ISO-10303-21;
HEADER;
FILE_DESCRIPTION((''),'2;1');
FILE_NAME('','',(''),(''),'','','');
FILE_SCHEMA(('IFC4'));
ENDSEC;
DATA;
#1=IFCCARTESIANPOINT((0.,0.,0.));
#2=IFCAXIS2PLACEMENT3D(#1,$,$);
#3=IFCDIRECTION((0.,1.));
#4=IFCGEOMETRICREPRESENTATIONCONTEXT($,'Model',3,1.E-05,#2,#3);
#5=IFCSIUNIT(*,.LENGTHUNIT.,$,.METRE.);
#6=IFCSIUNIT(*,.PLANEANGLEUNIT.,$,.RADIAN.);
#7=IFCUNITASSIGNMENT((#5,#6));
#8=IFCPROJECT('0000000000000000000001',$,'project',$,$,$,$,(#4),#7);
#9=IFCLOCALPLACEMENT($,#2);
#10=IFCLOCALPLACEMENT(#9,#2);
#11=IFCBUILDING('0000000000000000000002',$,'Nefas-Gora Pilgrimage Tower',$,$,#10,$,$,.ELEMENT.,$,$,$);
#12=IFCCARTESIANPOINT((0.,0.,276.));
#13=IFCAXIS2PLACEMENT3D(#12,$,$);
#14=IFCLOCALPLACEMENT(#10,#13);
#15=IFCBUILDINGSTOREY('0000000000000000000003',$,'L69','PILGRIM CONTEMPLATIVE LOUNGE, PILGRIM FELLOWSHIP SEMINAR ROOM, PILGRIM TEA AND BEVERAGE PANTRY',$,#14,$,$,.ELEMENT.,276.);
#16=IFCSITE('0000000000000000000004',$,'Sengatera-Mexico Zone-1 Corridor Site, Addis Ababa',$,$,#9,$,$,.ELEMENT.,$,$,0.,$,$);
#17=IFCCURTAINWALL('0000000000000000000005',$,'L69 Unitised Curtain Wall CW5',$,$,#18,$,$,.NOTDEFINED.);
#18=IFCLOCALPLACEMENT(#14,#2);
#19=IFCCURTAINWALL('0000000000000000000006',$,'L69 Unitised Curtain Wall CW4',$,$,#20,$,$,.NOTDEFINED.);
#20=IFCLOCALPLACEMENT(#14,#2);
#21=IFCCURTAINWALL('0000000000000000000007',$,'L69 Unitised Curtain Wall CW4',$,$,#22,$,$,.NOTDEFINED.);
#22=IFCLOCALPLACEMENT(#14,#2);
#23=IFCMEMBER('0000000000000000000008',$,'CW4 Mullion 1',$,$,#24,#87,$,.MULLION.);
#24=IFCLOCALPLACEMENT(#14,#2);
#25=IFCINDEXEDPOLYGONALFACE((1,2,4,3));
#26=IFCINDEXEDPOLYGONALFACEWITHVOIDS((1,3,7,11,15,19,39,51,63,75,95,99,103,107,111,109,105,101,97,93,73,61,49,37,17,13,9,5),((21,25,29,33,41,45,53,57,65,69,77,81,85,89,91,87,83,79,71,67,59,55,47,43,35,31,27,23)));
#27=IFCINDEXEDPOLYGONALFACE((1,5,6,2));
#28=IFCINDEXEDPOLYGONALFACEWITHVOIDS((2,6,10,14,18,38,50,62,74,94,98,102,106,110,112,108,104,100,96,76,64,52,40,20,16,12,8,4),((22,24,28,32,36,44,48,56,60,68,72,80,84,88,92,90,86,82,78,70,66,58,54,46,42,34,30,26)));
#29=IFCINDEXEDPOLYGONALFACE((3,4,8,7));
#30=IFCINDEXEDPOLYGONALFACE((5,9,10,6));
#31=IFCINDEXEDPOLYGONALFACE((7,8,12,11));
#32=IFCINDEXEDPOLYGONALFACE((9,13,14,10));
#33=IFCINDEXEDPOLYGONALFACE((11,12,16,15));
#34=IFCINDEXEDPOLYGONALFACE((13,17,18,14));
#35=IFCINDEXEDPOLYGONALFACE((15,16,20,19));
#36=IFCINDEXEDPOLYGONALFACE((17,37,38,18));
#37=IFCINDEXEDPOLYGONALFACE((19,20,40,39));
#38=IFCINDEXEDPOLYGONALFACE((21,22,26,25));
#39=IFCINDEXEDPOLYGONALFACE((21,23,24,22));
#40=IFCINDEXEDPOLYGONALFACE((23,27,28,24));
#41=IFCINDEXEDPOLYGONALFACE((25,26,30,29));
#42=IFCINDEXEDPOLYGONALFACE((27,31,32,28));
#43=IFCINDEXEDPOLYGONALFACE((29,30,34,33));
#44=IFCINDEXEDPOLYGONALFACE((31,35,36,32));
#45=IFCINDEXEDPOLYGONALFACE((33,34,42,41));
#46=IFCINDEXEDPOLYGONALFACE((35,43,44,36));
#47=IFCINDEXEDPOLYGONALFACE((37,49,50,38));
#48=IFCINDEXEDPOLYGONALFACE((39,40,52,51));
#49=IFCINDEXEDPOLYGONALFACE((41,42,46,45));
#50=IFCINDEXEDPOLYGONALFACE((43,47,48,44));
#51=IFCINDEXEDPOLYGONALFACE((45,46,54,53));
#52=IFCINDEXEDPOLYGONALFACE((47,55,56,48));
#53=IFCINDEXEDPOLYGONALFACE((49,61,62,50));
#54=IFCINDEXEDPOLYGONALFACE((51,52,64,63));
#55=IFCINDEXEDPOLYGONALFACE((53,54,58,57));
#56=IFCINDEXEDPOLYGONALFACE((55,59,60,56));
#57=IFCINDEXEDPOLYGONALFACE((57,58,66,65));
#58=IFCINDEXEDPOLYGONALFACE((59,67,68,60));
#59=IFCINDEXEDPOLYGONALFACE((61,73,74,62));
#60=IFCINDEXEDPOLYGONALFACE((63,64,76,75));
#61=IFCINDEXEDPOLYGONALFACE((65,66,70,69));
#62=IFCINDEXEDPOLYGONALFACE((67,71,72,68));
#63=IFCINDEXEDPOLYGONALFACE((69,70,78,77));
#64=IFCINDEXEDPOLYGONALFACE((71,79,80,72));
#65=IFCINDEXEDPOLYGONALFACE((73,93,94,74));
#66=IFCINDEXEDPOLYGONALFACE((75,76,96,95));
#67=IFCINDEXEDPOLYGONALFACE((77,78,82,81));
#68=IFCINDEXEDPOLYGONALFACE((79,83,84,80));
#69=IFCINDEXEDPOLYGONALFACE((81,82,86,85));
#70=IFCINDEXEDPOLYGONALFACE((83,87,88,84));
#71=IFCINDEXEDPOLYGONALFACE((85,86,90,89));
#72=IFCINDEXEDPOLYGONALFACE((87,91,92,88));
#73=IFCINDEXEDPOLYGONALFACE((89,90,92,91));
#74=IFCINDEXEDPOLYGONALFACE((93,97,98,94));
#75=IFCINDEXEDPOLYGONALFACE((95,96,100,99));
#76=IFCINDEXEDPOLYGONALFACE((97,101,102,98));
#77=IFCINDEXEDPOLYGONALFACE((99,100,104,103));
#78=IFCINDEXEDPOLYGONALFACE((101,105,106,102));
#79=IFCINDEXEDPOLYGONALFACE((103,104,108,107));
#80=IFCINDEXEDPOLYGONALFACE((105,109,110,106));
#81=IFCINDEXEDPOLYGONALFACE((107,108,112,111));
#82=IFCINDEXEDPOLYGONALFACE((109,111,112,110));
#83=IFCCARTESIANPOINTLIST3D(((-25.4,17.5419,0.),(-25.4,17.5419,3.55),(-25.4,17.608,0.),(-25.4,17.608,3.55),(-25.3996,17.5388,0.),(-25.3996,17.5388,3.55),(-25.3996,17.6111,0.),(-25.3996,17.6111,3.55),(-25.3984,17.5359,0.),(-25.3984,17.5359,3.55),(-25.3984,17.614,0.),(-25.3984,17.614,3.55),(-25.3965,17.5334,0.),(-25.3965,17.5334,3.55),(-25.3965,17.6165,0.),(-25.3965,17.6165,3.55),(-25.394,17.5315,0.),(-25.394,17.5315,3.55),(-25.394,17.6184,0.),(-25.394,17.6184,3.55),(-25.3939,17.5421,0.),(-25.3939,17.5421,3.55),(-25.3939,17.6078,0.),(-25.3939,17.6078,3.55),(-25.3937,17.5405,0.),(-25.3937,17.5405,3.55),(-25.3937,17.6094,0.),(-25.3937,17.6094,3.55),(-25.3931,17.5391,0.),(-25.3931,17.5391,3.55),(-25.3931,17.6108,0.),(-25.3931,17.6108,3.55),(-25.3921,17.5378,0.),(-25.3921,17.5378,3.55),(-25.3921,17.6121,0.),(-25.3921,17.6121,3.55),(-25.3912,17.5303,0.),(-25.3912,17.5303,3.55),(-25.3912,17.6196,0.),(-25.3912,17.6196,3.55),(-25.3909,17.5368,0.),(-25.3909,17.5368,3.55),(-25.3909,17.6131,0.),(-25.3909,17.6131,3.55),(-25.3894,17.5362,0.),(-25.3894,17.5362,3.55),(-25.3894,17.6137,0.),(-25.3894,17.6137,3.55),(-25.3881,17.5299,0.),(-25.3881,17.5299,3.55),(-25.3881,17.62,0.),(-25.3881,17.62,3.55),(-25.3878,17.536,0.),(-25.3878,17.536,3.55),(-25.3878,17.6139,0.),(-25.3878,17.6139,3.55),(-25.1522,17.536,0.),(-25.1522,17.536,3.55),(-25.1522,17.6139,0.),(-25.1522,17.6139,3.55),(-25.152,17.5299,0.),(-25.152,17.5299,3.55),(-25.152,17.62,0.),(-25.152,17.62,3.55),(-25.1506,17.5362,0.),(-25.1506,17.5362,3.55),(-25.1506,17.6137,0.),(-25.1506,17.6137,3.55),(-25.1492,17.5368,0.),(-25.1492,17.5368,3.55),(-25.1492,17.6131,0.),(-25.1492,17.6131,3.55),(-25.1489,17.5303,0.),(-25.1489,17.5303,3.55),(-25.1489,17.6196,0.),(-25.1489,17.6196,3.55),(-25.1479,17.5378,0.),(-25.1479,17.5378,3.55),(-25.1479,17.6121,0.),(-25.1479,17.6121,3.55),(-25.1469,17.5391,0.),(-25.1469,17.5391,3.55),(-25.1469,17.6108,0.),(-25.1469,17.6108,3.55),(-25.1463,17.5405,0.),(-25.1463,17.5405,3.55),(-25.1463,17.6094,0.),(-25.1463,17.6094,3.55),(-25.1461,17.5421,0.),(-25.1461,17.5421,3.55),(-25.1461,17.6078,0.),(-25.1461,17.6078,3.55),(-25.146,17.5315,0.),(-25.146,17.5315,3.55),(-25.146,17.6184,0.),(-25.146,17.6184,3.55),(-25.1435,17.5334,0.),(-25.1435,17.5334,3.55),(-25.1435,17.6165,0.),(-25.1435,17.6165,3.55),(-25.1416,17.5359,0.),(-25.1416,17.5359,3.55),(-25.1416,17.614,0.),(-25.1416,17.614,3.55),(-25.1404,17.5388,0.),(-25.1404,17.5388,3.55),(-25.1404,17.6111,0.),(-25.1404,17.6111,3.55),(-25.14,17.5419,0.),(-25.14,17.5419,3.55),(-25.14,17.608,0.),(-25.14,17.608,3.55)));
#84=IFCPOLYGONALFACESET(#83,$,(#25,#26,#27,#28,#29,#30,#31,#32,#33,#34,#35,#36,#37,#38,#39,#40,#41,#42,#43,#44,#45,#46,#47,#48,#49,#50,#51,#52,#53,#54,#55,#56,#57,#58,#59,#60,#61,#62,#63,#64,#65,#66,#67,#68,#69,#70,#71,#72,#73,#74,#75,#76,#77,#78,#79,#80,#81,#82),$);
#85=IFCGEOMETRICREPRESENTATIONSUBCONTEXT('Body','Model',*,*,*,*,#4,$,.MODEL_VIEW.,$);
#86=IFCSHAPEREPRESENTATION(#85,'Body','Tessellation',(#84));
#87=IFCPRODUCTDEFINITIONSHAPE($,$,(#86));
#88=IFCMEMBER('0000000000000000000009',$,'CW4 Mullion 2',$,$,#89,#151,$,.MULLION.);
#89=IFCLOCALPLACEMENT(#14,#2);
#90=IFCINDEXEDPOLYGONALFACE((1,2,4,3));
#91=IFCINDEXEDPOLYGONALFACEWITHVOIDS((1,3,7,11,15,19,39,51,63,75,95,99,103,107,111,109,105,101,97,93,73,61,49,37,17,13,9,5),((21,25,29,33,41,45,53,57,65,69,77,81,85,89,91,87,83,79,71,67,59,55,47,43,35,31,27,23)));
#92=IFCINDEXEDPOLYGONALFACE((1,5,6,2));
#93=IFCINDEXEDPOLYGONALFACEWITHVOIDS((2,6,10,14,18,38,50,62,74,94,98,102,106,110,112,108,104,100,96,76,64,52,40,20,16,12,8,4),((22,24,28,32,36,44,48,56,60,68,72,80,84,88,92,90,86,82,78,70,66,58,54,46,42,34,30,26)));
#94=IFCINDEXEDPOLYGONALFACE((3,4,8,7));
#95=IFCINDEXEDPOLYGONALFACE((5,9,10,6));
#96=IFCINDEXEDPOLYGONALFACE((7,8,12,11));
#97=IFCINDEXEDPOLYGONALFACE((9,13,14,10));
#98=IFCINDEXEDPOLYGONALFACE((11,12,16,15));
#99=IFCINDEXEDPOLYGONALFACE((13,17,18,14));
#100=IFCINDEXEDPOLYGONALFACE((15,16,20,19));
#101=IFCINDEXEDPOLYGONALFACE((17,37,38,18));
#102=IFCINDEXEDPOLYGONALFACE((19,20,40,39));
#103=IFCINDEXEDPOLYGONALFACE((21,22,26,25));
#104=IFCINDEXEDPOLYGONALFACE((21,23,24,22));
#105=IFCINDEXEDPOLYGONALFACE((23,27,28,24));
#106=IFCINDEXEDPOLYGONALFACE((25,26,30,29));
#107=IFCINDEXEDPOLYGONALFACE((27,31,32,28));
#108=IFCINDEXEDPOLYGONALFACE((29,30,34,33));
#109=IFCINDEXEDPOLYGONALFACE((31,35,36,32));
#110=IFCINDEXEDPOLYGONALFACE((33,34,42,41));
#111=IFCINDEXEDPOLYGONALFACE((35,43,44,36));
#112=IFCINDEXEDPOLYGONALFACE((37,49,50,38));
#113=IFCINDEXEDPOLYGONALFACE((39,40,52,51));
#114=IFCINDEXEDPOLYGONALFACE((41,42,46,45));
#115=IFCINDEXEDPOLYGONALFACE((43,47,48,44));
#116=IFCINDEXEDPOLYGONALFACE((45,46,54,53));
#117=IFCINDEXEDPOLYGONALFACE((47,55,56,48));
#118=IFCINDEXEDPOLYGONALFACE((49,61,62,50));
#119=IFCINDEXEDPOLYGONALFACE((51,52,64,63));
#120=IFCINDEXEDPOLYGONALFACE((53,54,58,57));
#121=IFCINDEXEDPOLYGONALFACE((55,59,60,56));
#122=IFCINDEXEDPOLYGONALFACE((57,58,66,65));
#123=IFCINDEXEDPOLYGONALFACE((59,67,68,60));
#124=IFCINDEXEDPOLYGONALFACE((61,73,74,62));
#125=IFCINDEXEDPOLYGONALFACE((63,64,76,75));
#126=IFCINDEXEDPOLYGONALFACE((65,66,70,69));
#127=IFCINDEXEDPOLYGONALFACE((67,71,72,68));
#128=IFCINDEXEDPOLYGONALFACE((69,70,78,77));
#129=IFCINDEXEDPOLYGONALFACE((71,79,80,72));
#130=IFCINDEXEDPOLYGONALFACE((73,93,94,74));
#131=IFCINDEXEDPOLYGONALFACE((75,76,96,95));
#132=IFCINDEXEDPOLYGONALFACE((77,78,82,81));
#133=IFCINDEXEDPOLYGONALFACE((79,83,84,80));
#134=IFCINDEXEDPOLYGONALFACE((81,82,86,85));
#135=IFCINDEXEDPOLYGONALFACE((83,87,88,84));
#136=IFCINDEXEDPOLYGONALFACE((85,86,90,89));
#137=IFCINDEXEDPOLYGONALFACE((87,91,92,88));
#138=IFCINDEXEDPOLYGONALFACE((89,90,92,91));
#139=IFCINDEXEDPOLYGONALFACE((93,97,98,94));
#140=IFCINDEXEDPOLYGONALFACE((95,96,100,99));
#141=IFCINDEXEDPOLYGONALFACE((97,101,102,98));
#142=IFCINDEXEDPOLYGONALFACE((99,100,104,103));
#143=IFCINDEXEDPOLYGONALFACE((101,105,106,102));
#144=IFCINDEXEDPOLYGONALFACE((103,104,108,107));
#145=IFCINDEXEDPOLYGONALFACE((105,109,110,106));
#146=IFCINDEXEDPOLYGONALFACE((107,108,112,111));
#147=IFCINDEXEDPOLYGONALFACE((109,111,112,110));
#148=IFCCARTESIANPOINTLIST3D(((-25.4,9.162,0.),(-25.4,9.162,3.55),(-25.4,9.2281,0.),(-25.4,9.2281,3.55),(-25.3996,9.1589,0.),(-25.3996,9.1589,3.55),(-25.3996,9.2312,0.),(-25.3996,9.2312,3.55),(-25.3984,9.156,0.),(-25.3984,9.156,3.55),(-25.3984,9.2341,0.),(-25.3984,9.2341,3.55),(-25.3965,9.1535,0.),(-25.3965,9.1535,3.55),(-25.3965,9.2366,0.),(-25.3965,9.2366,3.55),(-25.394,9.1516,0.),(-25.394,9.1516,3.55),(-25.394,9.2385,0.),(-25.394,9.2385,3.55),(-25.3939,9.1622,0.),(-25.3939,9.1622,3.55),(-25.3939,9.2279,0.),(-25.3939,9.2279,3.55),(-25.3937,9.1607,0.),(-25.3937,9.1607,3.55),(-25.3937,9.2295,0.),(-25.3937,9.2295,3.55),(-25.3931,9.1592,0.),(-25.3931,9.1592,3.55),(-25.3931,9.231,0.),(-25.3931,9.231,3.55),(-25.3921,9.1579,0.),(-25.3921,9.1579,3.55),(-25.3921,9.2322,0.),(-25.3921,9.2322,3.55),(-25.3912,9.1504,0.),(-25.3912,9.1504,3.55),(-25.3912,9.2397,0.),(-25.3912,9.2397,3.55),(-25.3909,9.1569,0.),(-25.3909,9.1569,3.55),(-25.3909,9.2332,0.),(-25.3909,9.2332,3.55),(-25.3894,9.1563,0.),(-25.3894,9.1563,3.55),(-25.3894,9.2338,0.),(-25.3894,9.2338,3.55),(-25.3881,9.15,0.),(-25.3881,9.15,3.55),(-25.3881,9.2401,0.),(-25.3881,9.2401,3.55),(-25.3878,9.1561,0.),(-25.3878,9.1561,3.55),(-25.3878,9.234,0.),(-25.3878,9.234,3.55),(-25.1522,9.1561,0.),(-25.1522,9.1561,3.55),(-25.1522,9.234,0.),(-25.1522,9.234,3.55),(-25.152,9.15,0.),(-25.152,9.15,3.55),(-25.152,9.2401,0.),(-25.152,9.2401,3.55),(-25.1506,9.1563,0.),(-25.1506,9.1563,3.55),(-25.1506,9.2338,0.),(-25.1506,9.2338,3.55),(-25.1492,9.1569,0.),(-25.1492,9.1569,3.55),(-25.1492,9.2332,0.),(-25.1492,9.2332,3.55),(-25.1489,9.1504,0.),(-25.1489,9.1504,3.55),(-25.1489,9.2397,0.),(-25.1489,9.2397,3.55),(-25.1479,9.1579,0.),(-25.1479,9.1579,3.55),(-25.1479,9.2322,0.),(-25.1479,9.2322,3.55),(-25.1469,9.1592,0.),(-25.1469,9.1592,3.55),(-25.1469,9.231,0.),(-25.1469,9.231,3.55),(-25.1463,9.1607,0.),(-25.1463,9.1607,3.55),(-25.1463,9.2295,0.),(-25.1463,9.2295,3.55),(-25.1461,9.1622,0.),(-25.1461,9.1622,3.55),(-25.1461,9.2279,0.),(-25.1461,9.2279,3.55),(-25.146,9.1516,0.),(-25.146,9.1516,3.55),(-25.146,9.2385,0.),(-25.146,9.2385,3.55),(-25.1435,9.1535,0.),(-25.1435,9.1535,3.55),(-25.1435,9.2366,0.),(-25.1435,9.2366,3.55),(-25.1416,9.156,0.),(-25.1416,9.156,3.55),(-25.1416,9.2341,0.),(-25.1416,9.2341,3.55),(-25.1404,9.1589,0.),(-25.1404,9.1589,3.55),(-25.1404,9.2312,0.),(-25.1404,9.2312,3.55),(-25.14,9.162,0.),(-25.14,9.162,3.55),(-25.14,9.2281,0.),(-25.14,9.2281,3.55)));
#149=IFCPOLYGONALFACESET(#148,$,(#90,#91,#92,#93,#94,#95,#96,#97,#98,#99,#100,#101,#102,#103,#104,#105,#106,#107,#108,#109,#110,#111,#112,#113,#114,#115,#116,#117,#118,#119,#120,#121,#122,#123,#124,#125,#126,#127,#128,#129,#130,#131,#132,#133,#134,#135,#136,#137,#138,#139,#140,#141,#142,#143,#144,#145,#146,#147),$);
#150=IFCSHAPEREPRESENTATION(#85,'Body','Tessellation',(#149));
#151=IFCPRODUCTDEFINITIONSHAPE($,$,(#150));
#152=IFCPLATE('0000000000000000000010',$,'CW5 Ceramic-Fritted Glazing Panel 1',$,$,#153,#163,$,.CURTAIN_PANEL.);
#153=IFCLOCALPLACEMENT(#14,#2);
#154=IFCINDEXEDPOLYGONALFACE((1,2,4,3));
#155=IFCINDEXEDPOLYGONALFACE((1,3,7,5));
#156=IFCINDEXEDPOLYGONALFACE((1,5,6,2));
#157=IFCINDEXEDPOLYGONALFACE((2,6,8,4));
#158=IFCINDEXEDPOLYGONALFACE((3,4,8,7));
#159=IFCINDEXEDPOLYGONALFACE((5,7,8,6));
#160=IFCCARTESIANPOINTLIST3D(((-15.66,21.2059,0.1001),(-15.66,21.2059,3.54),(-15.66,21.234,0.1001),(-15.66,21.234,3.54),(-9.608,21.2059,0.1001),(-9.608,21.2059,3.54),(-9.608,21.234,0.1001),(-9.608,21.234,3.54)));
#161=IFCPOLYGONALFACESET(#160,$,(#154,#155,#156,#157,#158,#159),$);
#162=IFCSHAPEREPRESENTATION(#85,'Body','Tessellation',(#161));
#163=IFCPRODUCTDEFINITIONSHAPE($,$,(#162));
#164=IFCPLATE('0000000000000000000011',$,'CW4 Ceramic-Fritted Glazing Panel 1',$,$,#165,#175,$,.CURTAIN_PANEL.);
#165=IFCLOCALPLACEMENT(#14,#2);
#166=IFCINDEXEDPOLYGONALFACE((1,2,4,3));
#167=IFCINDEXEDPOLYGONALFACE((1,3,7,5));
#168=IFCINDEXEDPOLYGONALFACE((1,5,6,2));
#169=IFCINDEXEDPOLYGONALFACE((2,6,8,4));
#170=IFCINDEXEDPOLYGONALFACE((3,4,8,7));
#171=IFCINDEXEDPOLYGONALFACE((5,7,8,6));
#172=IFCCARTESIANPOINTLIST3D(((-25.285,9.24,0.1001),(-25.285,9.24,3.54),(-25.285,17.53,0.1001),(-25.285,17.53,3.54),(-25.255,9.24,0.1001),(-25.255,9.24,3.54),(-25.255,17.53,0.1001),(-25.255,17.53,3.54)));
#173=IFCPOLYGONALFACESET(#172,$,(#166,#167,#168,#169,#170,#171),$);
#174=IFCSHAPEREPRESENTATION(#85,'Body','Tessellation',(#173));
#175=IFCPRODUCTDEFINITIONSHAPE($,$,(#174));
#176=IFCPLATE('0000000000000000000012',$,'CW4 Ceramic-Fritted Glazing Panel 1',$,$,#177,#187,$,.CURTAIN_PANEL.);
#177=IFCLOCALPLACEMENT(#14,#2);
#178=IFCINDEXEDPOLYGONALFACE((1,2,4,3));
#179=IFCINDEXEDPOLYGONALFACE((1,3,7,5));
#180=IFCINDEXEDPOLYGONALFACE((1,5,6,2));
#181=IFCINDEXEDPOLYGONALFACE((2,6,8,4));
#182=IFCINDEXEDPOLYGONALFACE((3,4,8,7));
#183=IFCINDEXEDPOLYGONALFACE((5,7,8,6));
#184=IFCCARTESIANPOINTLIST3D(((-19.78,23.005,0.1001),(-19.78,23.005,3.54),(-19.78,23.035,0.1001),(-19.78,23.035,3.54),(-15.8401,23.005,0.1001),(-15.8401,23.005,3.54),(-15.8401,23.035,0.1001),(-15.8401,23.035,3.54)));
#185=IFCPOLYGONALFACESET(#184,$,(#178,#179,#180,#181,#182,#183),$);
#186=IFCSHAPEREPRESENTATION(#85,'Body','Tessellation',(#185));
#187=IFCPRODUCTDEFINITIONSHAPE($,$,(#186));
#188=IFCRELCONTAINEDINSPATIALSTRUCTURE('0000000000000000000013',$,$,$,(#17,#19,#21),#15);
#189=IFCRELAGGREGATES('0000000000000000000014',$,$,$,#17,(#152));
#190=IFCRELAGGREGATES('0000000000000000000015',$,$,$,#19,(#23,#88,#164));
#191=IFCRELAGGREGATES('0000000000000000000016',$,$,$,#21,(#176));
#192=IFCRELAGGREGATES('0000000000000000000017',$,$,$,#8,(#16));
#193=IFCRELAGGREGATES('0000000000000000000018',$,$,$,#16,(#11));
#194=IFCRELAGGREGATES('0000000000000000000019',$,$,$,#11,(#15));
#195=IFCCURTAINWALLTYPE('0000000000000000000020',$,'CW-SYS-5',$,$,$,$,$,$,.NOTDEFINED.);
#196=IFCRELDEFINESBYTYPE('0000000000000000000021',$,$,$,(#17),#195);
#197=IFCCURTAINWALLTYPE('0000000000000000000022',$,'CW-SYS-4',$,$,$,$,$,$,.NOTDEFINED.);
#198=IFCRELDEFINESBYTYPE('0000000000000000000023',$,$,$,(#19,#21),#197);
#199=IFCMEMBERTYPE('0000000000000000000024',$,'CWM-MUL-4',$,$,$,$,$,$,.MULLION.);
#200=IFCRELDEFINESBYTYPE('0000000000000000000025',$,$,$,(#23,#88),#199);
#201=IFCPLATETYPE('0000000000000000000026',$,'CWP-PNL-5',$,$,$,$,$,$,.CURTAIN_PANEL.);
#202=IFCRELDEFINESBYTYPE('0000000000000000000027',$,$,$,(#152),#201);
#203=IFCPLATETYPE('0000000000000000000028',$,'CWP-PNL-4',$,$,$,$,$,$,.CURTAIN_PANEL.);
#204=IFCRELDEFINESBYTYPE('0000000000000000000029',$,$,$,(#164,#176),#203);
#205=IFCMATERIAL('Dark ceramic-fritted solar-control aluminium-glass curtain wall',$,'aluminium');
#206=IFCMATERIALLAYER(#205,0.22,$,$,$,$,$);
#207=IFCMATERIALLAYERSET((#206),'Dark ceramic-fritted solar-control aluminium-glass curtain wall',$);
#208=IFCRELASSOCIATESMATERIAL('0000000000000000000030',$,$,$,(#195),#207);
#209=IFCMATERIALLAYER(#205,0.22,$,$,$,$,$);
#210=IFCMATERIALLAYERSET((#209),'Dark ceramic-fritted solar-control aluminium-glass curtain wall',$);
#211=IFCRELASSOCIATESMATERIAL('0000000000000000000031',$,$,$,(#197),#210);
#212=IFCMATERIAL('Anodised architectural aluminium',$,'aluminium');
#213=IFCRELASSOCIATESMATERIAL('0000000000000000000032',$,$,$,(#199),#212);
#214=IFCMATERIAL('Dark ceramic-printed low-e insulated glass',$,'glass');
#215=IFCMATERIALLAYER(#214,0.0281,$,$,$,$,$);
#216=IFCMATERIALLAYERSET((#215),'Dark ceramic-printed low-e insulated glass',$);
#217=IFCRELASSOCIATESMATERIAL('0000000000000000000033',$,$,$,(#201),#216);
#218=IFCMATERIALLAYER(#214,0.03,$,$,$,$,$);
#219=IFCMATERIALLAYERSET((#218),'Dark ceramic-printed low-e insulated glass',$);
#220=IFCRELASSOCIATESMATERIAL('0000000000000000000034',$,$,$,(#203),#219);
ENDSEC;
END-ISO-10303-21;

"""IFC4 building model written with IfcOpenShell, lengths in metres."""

from ifc_helpers import new_model, si_unit, direction, frame, origin, origin_2d, place, context, subcontext, project, spatial, rectangle, hollow_rectangle, extrude, source, transform, mapped, material, layer, layer_set, material_profile, profile_set, type_object, element, aggregate, save


model = new_model("IFC4")

# Units and contexts
model_context = context("Model", 3, precision=1e-05, world=origin(), true_north=direction((0.0, 1.0)))
body_context = subcontext(model_context, "Body", "Model", "MODEL_VIEW")
ifc_project = project(units=[si_unit("LENGTHUNIT", "METRE"), si_unit("PLANEANGLEUNIT", "RADIAN")], contexts=[model_context])

# Site, building, storey
site_placement = place(None, origin())
site = spatial("IfcSite", under=ifc_project, at=site_placement, Name="Sengatera-Mexico Zone-1 Corridor Site, Addis Ababa", CompositionType="ELEMENT", RefElevation=0.0)
building_placement = place(site_placement, origin())
building = spatial("IfcBuilding", under=site, at=building_placement, Name="Nefas-Gora Pilgrimage Tower", CompositionType="ELEMENT")
storey_placement = place(building_placement, frame((0.0, 0.0, 276.0)))
storey = spatial("IfcBuildingStorey", under=building, at=storey_placement, Name="L69", Description="PILGRIM CONTEMPLATIVE LOUNGE, PILGRIM FELLOWSHIP SEMINAR ROOM, PILGRIM TEA AND BEVERAGE PANTRY", CompositionType="ELEMENT", Elevation=276.0)

# Curtain walls
ifc_material_1 = material(Name="Dark ceramic-fritted solar-control aluminium-glass curtain wall", Category="aluminium")
ifc_layer_1 = layer(ifc_material_1, 0.22)
ifc_layer_set_1 = layer_set([ifc_layer_1], Name="Dark ceramic-fritted solar-control aluminium-glass curtain wall")
curtain_wall_type_1 = type_object("IfcCurtainWallType", Name="CW-SYS-5", PredefinedType="NOTDEFINED", material=ifc_layer_set_1)
curtain_wall_1_placement = place(storey_placement, origin())
curtain_wall_1 = element("IfcCurtainWall", 1, at=curtain_wall_1_placement, inside=storey, type_object=curtain_wall_type_1, Name="L69 Unitised Curtain Wall CW5", PredefinedType="NOTDEFINED")
ifc_material_2 = material(Name="Anodised architectural aluminium", Category="aluminium")
ifc_layer_2 = layer(ifc_material_1, 0.22)
ifc_layer_set_2 = layer_set([ifc_layer_2], Name="Dark ceramic-fritted solar-control aluminium-glass curtain wall")
curtain_wall_type_2 = type_object("IfcCurtainWallType", Name="CW-SYS-4", PredefinedType="NOTDEFINED", material=ifc_layer_set_2)
curtain_wall_2_placement = place(storey_placement, origin())
curtain_wall_2 = element("IfcCurtainWall", 2, at=curtain_wall_2_placement, inside=storey, type_object=curtain_wall_type_2, Name="L69 Unitised Curtain Wall CW4", PredefinedType="NOTDEFINED")

# Curtain wall
curtain_wall_3_placement = place(storey_placement, origin())
curtain_wall_3 = element("IfcCurtainWall", 3, at=curtain_wall_3_placement, inside=storey, type_object=curtain_wall_type_2, Name="L69 Unitised Curtain Wall CW4", PredefinedType="NOTDEFINED")
ifc_material_profile_1 = material_profile(ifc_material_2, hollow_rectangle(XDim=0.0901, YDim=0.26, WallThickness=0.0061, InnerFilletRadius=0.0061, OuterFilletRadius=0.012, at=origin_2d()), Name="ALU MULLION 90x260")
ifc_profile_set_1 = profile_set([ifc_material_profile_1], Name="Anodised architectural aluminium")
member_type_1 = type_object("IfcMemberType", Name="CWM-MUL-4", PredefinedType="MULLION", material=ifc_profile_set_1)
shared_shape_1 = source(origin(), body_context, "Body", "SweptSolid", [
    extrude(hollow_rectangle(XDim=0.0901, YDim=0.26, WallThickness=0.0061, InnerFilletRadius=0.0061, OuterFilletRadius=0.012, at=origin_2d()), origin(), (0.0, 0.0, 1.0), 3.55),
])

# Members
member_1_placement = place(storey_placement, frame((-25.27, 17.575, 0.0), z_axis=(0.0, 0.0, 1.0), x_axis=(0.0, -1.0, 0.0)))
member_1 = element("IfcMember", 4, at=member_1_placement, type_object=member_type_1, Name="CW4 Mullion 1", PredefinedType="MULLION", context=body_context, shape_type="MappedRepresentation", body=[
    mapped(shared_shape_1, transform((0.0, 0.0, 0.0), x_axis=(1.0, 0.0, 0.0), y_axis=(0.0, 1.0, 0.0), z_axis=(0.0, 0.0, 1.0), scale=1.0)),
])
member_2_placement = place(storey_placement, frame((-25.27, 9.1951, 0.0), z_axis=(0.0, 0.0, 1.0), x_axis=(0.0, -1.0, 0.0)))
member_2 = element("IfcMember", 5, at=member_2_placement, type_object=member_type_1, Name="CW4 Mullion 2", PredefinedType="MULLION", context=body_context, shape_type="MappedRepresentation", body=[
    mapped(shared_shape_1, transform((0.0, 0.0, 0.0), x_axis=(1.0, 0.0, 0.0), y_axis=(0.0, 1.0, 0.0), z_axis=(0.0, 0.0, 1.0), scale=1.0)),
])

# Plates
ifc_material_3 = material(Name="Dark ceramic-printed low-e insulated glass", Category="glass")
ifc_layer_3 = layer(ifc_material_3, 0.0281)
ifc_layer_set_3 = layer_set([ifc_layer_3], Name="Dark ceramic-printed low-e insulated glass")
plate_type_1 = type_object("IfcPlateType", Name="CWP-PNL-5", PredefinedType="CURTAIN_PANEL", material=ifc_layer_set_3)
shared_shape_2 = source(origin(), body_context, "Body", "SweptSolid", [
    extrude(rectangle(XDim=6.052, YDim=0.0281, at=origin_2d()), origin(), (0.0, 0.0, 1.0), 3.4399),
])
plate_1_placement = place(storey_placement, frame((-12.634, 21.22, 0.1001), z_axis=(0.0, 0.0, 1.0), x_axis=(-1.0, 0.0, 0.0)))
plate_1 = element("IfcPlate", 6, at=plate_1_placement, type_object=plate_type_1, Name="CW5 Ceramic-Fritted Glazing Panel 1", PredefinedType="CURTAIN_PANEL", context=body_context, shape_type="MappedRepresentation", body=[
    mapped(shared_shape_2, transform((0.0, 0.0, 0.0), x_axis=(1.0, 0.0, 0.0), y_axis=(0.0, 1.0, 0.0), z_axis=(0.0, 0.0, 1.0), scale=1.0)),
])
aggregate(curtain_wall_1, [plate_1])
ifc_layer_4 = layer(ifc_material_3, 0.03)
ifc_layer_set_4 = layer_set([ifc_layer_4], Name="Dark ceramic-printed low-e insulated glass")
plate_type_2 = type_object("IfcPlateType", Name="CWP-PNL-4", PredefinedType="CURTAIN_PANEL", material=ifc_layer_set_4)
shared_shape_3 = source(origin(), body_context, "Body", "SweptSolid", [
    extrude(rectangle(XDim=8.29, YDim=0.03, at=origin_2d()), origin(), (0.0, 0.0, 1.0), 3.4399),
])
plate_2_placement = place(storey_placement, frame((-25.27, 13.385, 0.1001), z_axis=(0.0, 0.0, 1.0), x_axis=(0.0, -1.0, 0.0)))
plate_2 = element("IfcPlate", 7, at=plate_2_placement, type_object=plate_type_2, Name="CW4 Ceramic-Fritted Glazing Panel 1", PredefinedType="CURTAIN_PANEL", context=body_context, shape_type="MappedRepresentation", body=[
    mapped(shared_shape_3, transform((0.0, 0.0, 0.0), x_axis=(1.0, 0.0, 0.0), y_axis=(0.0, 1.0, 0.0), z_axis=(0.0, 0.0, 1.0), scale=1.0)),
])
aggregate(curtain_wall_2, [member_1, member_2, plate_2])
shared_shape_4 = source(origin(), body_context, "Body", "SweptSolid", [
    extrude(rectangle(XDim=3.9399, YDim=0.03, at=origin_2d()), origin(), (0.0, 0.0, 1.0), 3.4399),
])
plate_3_placement = place(storey_placement, frame((-17.8101, 23.02, 0.1001), z_axis=(0.0, 0.0, 1.0), x_axis=(-1.0, 0.0, 0.0)))
plate_3 = element("IfcPlate", 8, at=plate_3_placement, type_object=plate_type_2, Name="CW4 Ceramic-Fritted Glazing Panel 1", PredefinedType="CURTAIN_PANEL", context=body_context, shape_type="MappedRepresentation", body=[
    mapped(shared_shape_4, transform((0.0, 0.0, 0.0), x_axis=(1.0, 0.0, 0.0), y_axis=(0.0, 1.0, 0.0), z_axis=(0.0, 0.0, 1.0), scale=1.0)),
])
aggregate(curtain_wall_3, [plate_3])

save(model, "model.ifc")
